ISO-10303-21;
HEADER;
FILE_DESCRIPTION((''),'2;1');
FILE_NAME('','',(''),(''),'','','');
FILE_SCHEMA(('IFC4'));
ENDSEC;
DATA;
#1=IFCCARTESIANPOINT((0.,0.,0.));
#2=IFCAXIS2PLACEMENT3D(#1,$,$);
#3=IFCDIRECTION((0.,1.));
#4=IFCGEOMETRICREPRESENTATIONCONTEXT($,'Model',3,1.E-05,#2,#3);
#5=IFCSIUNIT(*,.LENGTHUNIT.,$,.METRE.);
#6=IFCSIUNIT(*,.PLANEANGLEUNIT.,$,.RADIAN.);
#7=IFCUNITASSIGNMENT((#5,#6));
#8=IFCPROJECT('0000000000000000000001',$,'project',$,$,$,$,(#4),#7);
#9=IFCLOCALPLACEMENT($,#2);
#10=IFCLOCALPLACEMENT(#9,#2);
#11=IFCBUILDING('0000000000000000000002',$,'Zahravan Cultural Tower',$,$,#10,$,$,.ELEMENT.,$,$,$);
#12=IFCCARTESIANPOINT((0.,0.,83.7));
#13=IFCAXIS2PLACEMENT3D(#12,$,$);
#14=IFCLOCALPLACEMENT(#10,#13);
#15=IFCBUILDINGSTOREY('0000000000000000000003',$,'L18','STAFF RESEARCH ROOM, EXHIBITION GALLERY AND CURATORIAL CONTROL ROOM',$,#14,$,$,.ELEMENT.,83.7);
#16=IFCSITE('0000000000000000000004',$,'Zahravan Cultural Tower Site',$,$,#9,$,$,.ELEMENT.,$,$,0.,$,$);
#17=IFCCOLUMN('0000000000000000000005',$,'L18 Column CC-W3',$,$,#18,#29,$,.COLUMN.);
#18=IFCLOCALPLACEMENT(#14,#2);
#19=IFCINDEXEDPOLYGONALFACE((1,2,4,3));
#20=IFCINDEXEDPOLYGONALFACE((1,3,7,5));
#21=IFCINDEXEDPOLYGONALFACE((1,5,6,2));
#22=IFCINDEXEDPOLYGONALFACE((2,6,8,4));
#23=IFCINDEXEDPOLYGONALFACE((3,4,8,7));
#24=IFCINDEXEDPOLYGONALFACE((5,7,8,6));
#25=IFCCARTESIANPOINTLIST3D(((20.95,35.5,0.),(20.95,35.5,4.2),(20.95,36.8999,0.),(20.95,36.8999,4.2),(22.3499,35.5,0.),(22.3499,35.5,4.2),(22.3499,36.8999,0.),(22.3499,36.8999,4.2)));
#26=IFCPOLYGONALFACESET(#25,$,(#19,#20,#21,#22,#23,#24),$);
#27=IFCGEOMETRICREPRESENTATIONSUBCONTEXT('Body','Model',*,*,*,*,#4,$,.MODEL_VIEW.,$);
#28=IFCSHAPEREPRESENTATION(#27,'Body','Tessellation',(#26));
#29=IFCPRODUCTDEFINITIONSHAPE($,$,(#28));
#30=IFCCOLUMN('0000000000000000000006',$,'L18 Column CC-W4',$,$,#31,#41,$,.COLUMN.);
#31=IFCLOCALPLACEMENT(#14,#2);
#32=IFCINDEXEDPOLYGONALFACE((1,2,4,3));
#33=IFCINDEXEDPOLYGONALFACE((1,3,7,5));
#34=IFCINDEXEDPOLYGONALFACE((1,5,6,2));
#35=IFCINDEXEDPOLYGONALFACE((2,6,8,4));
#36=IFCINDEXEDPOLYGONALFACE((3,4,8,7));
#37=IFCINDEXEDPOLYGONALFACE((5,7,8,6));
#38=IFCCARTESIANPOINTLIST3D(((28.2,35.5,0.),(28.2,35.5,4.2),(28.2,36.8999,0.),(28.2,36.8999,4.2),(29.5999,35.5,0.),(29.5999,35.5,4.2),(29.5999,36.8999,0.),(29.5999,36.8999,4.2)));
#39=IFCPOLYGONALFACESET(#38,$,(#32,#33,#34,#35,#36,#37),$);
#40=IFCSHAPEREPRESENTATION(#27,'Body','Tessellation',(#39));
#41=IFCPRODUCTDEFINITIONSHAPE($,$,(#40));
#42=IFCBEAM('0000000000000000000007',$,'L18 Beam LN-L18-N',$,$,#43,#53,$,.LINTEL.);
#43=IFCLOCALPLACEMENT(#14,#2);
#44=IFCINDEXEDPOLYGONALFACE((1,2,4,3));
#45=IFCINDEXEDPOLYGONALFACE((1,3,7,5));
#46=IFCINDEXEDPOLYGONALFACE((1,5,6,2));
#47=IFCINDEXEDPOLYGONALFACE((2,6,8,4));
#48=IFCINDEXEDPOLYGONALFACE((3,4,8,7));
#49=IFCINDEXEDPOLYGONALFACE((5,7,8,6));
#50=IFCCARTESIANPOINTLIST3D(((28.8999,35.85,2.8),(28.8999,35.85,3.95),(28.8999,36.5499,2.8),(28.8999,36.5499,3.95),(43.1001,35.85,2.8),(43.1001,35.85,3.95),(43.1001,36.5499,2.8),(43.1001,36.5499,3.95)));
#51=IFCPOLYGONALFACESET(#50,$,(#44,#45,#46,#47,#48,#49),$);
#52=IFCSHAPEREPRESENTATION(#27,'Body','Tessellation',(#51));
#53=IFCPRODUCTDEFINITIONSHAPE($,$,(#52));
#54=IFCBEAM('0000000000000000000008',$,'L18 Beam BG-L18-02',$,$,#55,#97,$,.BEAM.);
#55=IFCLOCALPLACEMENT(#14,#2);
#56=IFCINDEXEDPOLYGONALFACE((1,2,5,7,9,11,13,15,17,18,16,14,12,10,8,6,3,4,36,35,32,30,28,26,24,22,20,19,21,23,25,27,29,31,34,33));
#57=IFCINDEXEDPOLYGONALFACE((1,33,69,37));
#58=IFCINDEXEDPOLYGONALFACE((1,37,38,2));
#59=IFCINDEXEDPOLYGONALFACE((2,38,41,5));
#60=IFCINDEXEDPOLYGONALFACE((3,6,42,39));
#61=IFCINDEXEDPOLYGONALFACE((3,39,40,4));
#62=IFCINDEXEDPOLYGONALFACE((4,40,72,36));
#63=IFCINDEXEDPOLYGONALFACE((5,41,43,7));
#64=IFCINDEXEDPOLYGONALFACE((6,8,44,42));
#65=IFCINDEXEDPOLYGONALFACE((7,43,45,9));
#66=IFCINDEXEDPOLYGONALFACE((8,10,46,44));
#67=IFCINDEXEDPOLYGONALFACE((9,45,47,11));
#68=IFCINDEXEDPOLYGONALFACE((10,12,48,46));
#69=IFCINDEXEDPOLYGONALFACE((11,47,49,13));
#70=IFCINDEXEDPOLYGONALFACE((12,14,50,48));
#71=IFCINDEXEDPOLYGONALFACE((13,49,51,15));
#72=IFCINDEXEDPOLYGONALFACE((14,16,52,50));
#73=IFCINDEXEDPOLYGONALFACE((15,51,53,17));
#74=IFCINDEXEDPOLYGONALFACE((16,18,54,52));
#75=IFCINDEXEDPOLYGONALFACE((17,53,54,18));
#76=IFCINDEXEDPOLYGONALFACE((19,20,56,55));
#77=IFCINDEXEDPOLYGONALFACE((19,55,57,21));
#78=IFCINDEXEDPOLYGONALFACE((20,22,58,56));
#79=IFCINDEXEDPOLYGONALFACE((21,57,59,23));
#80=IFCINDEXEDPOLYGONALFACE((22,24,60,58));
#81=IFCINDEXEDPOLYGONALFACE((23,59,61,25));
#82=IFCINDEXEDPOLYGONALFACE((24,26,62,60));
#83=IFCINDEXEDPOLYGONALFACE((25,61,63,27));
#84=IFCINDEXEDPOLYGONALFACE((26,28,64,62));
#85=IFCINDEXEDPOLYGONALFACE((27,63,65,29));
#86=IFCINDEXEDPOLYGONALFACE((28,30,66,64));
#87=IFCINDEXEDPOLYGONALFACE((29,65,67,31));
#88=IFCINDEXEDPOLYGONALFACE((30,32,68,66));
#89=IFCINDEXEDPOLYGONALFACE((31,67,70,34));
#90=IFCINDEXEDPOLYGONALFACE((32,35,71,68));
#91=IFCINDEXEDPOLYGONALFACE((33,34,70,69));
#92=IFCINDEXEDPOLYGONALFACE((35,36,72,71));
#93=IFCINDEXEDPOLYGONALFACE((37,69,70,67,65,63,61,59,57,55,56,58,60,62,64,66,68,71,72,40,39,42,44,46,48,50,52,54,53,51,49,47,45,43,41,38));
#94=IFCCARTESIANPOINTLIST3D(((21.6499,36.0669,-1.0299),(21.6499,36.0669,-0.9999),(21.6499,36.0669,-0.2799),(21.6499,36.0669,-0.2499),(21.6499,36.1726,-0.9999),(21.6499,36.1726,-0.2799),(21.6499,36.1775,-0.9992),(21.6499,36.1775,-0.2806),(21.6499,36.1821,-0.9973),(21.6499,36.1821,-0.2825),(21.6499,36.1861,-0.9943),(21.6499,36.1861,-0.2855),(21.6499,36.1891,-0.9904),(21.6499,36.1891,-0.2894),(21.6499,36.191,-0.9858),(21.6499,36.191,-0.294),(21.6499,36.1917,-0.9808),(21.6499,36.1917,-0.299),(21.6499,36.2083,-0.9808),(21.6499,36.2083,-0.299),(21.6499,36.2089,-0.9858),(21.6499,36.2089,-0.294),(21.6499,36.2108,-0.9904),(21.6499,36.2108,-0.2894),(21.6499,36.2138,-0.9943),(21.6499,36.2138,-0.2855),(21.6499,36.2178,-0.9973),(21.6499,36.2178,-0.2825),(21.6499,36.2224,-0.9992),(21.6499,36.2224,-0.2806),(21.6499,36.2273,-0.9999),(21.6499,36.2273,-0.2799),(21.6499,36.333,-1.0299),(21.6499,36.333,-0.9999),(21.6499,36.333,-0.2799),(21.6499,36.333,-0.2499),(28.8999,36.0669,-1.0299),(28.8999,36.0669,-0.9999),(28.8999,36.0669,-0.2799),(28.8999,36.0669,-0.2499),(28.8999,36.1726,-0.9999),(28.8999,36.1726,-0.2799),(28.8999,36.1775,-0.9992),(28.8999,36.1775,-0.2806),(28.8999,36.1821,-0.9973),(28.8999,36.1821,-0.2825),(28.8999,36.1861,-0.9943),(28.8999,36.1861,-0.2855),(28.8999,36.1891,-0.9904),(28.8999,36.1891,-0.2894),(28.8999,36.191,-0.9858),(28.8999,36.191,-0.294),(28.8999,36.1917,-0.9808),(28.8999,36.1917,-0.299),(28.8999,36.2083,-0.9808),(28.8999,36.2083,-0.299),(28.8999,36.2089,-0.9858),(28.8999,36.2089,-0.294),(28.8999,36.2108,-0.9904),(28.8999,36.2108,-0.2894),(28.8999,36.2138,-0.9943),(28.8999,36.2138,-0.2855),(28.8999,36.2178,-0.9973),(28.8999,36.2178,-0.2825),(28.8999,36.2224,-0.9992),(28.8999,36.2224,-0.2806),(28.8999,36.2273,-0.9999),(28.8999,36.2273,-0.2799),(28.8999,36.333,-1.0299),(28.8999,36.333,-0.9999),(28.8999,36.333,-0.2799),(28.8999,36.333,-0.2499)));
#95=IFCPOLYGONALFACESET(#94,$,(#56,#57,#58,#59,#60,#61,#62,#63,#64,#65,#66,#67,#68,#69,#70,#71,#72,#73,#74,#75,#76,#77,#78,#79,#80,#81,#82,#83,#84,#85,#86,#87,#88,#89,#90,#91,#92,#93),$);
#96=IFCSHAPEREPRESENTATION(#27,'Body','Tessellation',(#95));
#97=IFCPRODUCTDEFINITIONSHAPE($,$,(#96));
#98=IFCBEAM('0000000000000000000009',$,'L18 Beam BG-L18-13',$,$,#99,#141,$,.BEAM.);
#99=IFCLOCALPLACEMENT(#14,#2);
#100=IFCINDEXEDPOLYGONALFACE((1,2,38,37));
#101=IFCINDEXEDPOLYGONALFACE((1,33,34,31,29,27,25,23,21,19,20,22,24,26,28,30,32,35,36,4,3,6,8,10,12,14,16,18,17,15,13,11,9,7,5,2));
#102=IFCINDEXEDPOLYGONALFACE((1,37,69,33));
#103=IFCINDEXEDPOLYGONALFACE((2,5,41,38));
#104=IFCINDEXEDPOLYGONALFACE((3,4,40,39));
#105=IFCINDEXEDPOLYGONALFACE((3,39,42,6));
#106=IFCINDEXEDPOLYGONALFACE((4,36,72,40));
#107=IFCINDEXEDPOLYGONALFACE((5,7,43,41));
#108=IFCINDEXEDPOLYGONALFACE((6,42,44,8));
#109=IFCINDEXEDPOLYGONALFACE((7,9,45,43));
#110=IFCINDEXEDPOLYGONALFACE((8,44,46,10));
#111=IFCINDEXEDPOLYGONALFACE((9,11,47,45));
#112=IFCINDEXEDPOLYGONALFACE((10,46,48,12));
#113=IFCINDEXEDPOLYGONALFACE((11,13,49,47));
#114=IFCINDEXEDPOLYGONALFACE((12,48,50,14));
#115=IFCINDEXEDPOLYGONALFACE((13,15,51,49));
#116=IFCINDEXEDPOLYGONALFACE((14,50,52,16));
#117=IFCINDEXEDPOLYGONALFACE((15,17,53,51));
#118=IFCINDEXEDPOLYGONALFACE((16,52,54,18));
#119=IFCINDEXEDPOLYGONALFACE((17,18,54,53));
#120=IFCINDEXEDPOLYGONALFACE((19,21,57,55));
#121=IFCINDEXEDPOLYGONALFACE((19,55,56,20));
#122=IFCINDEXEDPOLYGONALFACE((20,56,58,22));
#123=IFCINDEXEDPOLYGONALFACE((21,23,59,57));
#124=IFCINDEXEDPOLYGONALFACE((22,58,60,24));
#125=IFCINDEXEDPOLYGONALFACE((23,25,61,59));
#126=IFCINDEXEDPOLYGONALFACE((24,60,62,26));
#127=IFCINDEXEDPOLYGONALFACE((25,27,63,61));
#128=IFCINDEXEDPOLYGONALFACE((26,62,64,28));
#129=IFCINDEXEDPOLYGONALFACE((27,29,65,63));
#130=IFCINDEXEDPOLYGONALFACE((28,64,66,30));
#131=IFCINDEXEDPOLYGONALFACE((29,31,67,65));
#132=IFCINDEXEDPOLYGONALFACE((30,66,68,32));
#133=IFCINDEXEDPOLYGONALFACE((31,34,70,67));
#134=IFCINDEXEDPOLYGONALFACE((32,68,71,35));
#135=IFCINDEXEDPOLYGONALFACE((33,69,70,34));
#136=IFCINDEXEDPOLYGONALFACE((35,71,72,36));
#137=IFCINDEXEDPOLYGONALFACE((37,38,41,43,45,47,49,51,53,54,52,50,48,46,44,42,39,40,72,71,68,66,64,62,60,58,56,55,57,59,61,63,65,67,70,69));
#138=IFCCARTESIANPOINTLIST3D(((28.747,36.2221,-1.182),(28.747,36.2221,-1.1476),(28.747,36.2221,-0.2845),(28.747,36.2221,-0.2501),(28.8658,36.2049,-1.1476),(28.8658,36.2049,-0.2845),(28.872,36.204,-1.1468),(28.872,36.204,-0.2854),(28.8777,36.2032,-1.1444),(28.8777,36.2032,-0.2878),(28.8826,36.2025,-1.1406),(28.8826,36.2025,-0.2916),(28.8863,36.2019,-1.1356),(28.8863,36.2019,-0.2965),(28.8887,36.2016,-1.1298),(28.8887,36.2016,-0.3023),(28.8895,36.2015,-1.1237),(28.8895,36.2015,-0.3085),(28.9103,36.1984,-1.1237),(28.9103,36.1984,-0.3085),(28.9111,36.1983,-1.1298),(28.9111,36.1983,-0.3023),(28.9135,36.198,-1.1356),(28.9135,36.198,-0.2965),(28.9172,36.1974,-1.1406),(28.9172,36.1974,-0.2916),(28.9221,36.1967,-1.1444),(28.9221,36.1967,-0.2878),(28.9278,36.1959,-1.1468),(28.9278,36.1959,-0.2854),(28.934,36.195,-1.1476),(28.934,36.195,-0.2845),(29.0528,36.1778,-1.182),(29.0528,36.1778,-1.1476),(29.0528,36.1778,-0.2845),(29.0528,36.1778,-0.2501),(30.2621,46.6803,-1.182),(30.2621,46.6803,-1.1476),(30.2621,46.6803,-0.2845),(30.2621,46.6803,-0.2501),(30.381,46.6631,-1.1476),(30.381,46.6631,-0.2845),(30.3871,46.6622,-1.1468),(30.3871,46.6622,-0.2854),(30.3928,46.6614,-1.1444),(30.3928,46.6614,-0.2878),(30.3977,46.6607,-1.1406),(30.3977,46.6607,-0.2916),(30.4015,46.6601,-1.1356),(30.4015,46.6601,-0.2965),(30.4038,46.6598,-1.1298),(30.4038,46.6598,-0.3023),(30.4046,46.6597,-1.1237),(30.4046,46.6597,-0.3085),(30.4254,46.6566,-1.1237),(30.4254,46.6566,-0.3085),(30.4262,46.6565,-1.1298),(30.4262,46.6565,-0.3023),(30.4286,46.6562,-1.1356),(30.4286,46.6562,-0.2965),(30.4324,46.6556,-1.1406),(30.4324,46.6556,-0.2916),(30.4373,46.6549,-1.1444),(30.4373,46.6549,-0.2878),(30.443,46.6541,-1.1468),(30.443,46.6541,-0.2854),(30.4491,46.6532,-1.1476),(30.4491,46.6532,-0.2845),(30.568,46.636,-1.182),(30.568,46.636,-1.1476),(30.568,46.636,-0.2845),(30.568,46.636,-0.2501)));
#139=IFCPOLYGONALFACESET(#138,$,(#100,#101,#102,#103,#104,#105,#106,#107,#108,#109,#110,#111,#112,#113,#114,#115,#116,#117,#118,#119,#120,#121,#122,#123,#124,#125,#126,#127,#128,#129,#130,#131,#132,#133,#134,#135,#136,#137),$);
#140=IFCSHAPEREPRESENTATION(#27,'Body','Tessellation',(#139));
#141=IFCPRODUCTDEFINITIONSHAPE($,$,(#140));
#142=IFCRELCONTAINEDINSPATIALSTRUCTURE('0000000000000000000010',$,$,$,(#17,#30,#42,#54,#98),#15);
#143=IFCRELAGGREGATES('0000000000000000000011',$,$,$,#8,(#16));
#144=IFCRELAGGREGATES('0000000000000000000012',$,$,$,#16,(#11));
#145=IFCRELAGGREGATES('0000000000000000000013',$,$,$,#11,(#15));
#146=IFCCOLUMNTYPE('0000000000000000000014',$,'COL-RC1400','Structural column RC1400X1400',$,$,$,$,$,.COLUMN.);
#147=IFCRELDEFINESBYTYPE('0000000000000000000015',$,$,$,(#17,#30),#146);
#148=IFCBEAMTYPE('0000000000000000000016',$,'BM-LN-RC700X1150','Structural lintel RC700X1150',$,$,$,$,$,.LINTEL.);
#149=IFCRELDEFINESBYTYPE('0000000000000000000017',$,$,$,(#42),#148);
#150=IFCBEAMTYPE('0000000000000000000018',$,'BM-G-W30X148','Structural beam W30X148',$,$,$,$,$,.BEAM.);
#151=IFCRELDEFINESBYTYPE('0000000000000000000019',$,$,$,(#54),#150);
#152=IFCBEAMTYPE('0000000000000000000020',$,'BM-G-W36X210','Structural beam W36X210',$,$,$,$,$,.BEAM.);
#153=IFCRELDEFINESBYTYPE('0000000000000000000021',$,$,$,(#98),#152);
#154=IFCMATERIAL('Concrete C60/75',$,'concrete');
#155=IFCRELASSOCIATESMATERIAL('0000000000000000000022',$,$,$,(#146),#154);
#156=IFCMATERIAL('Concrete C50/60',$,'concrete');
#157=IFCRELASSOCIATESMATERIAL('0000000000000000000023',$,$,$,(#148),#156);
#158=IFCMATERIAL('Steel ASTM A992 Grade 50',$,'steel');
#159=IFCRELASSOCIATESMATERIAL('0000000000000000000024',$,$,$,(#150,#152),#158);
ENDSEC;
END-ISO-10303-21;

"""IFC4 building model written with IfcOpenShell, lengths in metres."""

from ifc_helpers import new_model, si_unit, direction, frame, origin, origin_2d, place, context, subcontext, project, spatial, rectangle, i_section, extrude, source, transform, mapped, material, material_profile, profile_set, type_object, element, save


model = new_model("IFC4")

# Units and contexts
model_context = context("Model", 3, precision=1e-05, world=origin(), true_north=direction((0.0, 1.0)))
body_context = subcontext(model_context, "Body", "Model", "MODEL_VIEW")
ifc_project = project(units=[si_unit("LENGTHUNIT", "METRE"), si_unit("PLANEANGLEUNIT", "RADIAN")], contexts=[model_context])

# Site, building, storey
site_placement = place(None, origin())
site = spatial("IfcSite", under=ifc_project, at=site_placement, Name="Zahravan Cultural Tower Site", CompositionType="ELEMENT", RefElevation=0.0)
building_placement = place(site_placement, origin())
building = spatial("IfcBuilding", under=site, at=building_placement, Name="Zahravan Cultural Tower", CompositionType="ELEMENT")
storey_placement = place(building_placement, frame((0.0, 0.0, 83.7)))
storey = spatial("IfcBuildingStorey", under=building, at=storey_placement, Name="L18", Description="STAFF RESEARCH ROOM, EXHIBITION GALLERY AND CURATORIAL CONTROL ROOM", CompositionType="ELEMENT", Elevation=83.7)

# Columns
ifc_material_1 = material(Name="Concrete C60/75", Category="concrete")
ifc_material_profile_1 = material_profile(ifc_material_1, rectangle(XDim=1.3999, YDim=1.3999, at=origin_2d()), Name="RC1400X1400")
ifc_profile_set_1 = profile_set([ifc_material_profile_1], Name="Concrete C60/75")
column_type = type_object("IfcColumnType", Name="COL-RC1400", Description="Structural column RC1400X1400", PredefinedType="COLUMN", material=ifc_profile_set_1)
shared_shape_1 = source(origin(), body_context, "Body", "SweptSolid", [
    extrude(rectangle(XDim=1.3999, YDim=1.3999, at=origin_2d()), origin(), (0.0, 0.0, 1.0), 4.2),
])
for number, where, z_axis, x_axis, name in (
    (1, (21.6499, 36.2, 0.0), (0.0, 0.0, 1.0), (1.0, 0.0, 0.0), "L18 Column CC-W3"),
    (2, (28.8999, 36.2, 0.0), (0.0, 0.0, 1.0), (1.0, 0.0, 0.0), "L18 Column CC-W4"),
):
    element("IfcColumn", number, at=place(storey_placement, frame(where, z_axis=z_axis, x_axis=x_axis)), inside=storey, type_object=column_type, Name=name, PredefinedType="COLUMN", context=body_context, shape_type="MappedRepresentation", body=[
        mapped(shared_shape_1, transform((0.0, 0.0, 0.0), x_axis=(1.0, 0.0, 0.0), y_axis=(0.0, 1.0, 0.0), z_axis=(0.0, 0.0, 1.0), scale=1.0)),
    ])

# Beams
ifc_material_2 = material(Name="Concrete C50/60", Category="concrete")
ifc_material_profile_2 = material_profile(ifc_material_2, rectangle(XDim=0.7, YDim=1.1499, at=origin_2d()), Name="RC700X1150")
ifc_profile_set_2 = profile_set([ifc_material_profile_2], Name="Concrete C50/60")
beam_type_1 = type_object("IfcBeamType", Name="BM-LN-RC700X1150", Description="Structural lintel RC700X1150", PredefinedType="LINTEL", material=ifc_profile_set_2)
shared_shape_2 = source(origin(), body_context, "Body", "SweptSolid", [
    extrude(rectangle(XDim=0.7, YDim=1.1499, at=origin_2d()), origin(), (0.0, 0.0, 1.0), 14.2002),
])
beam_1_placement = place(storey_placement, frame((28.8999, 36.2, 3.375), z_axis=(1.0, 0.0, 0.0), x_axis=(0.0, 1.0, 0.0)))
element("IfcBeam", 3, at=beam_1_placement, inside=storey, type_object=beam_type_1, Name="L18 Beam LN-L18-N", PredefinedType="LINTEL", context=body_context, shape_type="MappedRepresentation", body=[
    mapped(shared_shape_2, transform((0.0, 0.0, 0.0), x_axis=(1.0, 0.0, 0.0), y_axis=(0.0, 1.0, 0.0), z_axis=(0.0, 0.0, 1.0), scale=1.0)),
])
ifc_material_3 = material(Name="Steel ASTM A992 Grade 50", Category="steel")
ifc_material_profile_3 = material_profile(ifc_material_3, i_section(OverallWidth=0.2661, OverallDepth=0.78, WebThickness=0.0166, FlangeThickness=0.03, FilletRadius=0.019, at=origin_2d()), Name="W30X148")
ifc_profile_set_3 = profile_set([ifc_material_profile_3], Name="Steel ASTM A992 Grade 50")
beam_type_2 = type_object("IfcBeamType", Name="BM-G-W30X148", Description="Structural beam W30X148", PredefinedType="BEAM", material=ifc_profile_set_3)
shared_shape_3 = source(origin(), body_context, "Body", "SweptSolid", [
    extrude(i_section(OverallWidth=0.2661, OverallDepth=0.78, WebThickness=0.0166, FlangeThickness=0.03, FilletRadius=0.019, at=origin_2d()), origin(), (0.0, 0.0, 1.0), 7.25),
])
beam_2_placement = place(storey_placement, frame((21.6499, 36.2, -0.6399), z_axis=(1.0, 0.0, 0.0), x_axis=(0.0, 1.0, 0.0)))
element("IfcBeam", 4, at=beam_2_placement, inside=storey, type_object=beam_type_2, Name="L18 Beam BG-L18-02", PredefinedType="BEAM", context=body_context, shape_type="MappedRepresentation", body=[
    mapped(shared_shape_3, transform((0.0, 0.0, 0.0), x_axis=(1.0, 0.0, 0.0), y_axis=(0.0, 1.0, 0.0), z_axis=(0.0, 0.0, 1.0), scale=1.0)),
])
ifc_material_profile_4 = material_profile(ifc_material_3, i_section(OverallWidth=0.3091, OverallDepth=0.9319, WebThickness=0.021, FlangeThickness=0.0344, FilletRadius=0.0239, at=origin_2d()), Name="W36X210")
ifc_profile_set_4 = profile_set([ifc_material_profile_4], Name="Steel ASTM A992 Grade 50")
beam_type_3 = type_object("IfcBeamType", Name="BM-G-W36X210", Description="Structural beam W36X210", PredefinedType="BEAM", material=ifc_profile_set_4)
shared_shape_4 = source(origin(), body_context, "Body", "SweptSolid", [
    extrude(i_section(OverallWidth=0.3091, OverallDepth=0.9319, WebThickness=0.021, FlangeThickness=0.0344, FilletRadius=0.0239, at=origin_2d()), origin(), (0.0, 0.0, 1.0), 10.5674),
])
beam_3_placement = place(storey_placement, frame((28.8999, 36.2, -0.7161), z_axis=(0.143378, 0.989668, 0.0), x_axis=(-0.989668, 0.143378, 0.0)))
element("IfcBeam", 5, at=beam_3_placement, inside=storey, type_object=beam_type_3, Name="L18 Beam BG-L18-13", PredefinedType="BEAM", context=body_context, shape_type="MappedRepresentation", body=[
    mapped(shared_shape_4, transform((0.0, 0.0, 0.0), x_axis=(1.0, 0.0, 0.0), y_axis=(0.0, 1.0, 0.0), z_axis=(0.0, 0.0, 1.0), scale=1.0)),
])

save(model, "model.ifc")
